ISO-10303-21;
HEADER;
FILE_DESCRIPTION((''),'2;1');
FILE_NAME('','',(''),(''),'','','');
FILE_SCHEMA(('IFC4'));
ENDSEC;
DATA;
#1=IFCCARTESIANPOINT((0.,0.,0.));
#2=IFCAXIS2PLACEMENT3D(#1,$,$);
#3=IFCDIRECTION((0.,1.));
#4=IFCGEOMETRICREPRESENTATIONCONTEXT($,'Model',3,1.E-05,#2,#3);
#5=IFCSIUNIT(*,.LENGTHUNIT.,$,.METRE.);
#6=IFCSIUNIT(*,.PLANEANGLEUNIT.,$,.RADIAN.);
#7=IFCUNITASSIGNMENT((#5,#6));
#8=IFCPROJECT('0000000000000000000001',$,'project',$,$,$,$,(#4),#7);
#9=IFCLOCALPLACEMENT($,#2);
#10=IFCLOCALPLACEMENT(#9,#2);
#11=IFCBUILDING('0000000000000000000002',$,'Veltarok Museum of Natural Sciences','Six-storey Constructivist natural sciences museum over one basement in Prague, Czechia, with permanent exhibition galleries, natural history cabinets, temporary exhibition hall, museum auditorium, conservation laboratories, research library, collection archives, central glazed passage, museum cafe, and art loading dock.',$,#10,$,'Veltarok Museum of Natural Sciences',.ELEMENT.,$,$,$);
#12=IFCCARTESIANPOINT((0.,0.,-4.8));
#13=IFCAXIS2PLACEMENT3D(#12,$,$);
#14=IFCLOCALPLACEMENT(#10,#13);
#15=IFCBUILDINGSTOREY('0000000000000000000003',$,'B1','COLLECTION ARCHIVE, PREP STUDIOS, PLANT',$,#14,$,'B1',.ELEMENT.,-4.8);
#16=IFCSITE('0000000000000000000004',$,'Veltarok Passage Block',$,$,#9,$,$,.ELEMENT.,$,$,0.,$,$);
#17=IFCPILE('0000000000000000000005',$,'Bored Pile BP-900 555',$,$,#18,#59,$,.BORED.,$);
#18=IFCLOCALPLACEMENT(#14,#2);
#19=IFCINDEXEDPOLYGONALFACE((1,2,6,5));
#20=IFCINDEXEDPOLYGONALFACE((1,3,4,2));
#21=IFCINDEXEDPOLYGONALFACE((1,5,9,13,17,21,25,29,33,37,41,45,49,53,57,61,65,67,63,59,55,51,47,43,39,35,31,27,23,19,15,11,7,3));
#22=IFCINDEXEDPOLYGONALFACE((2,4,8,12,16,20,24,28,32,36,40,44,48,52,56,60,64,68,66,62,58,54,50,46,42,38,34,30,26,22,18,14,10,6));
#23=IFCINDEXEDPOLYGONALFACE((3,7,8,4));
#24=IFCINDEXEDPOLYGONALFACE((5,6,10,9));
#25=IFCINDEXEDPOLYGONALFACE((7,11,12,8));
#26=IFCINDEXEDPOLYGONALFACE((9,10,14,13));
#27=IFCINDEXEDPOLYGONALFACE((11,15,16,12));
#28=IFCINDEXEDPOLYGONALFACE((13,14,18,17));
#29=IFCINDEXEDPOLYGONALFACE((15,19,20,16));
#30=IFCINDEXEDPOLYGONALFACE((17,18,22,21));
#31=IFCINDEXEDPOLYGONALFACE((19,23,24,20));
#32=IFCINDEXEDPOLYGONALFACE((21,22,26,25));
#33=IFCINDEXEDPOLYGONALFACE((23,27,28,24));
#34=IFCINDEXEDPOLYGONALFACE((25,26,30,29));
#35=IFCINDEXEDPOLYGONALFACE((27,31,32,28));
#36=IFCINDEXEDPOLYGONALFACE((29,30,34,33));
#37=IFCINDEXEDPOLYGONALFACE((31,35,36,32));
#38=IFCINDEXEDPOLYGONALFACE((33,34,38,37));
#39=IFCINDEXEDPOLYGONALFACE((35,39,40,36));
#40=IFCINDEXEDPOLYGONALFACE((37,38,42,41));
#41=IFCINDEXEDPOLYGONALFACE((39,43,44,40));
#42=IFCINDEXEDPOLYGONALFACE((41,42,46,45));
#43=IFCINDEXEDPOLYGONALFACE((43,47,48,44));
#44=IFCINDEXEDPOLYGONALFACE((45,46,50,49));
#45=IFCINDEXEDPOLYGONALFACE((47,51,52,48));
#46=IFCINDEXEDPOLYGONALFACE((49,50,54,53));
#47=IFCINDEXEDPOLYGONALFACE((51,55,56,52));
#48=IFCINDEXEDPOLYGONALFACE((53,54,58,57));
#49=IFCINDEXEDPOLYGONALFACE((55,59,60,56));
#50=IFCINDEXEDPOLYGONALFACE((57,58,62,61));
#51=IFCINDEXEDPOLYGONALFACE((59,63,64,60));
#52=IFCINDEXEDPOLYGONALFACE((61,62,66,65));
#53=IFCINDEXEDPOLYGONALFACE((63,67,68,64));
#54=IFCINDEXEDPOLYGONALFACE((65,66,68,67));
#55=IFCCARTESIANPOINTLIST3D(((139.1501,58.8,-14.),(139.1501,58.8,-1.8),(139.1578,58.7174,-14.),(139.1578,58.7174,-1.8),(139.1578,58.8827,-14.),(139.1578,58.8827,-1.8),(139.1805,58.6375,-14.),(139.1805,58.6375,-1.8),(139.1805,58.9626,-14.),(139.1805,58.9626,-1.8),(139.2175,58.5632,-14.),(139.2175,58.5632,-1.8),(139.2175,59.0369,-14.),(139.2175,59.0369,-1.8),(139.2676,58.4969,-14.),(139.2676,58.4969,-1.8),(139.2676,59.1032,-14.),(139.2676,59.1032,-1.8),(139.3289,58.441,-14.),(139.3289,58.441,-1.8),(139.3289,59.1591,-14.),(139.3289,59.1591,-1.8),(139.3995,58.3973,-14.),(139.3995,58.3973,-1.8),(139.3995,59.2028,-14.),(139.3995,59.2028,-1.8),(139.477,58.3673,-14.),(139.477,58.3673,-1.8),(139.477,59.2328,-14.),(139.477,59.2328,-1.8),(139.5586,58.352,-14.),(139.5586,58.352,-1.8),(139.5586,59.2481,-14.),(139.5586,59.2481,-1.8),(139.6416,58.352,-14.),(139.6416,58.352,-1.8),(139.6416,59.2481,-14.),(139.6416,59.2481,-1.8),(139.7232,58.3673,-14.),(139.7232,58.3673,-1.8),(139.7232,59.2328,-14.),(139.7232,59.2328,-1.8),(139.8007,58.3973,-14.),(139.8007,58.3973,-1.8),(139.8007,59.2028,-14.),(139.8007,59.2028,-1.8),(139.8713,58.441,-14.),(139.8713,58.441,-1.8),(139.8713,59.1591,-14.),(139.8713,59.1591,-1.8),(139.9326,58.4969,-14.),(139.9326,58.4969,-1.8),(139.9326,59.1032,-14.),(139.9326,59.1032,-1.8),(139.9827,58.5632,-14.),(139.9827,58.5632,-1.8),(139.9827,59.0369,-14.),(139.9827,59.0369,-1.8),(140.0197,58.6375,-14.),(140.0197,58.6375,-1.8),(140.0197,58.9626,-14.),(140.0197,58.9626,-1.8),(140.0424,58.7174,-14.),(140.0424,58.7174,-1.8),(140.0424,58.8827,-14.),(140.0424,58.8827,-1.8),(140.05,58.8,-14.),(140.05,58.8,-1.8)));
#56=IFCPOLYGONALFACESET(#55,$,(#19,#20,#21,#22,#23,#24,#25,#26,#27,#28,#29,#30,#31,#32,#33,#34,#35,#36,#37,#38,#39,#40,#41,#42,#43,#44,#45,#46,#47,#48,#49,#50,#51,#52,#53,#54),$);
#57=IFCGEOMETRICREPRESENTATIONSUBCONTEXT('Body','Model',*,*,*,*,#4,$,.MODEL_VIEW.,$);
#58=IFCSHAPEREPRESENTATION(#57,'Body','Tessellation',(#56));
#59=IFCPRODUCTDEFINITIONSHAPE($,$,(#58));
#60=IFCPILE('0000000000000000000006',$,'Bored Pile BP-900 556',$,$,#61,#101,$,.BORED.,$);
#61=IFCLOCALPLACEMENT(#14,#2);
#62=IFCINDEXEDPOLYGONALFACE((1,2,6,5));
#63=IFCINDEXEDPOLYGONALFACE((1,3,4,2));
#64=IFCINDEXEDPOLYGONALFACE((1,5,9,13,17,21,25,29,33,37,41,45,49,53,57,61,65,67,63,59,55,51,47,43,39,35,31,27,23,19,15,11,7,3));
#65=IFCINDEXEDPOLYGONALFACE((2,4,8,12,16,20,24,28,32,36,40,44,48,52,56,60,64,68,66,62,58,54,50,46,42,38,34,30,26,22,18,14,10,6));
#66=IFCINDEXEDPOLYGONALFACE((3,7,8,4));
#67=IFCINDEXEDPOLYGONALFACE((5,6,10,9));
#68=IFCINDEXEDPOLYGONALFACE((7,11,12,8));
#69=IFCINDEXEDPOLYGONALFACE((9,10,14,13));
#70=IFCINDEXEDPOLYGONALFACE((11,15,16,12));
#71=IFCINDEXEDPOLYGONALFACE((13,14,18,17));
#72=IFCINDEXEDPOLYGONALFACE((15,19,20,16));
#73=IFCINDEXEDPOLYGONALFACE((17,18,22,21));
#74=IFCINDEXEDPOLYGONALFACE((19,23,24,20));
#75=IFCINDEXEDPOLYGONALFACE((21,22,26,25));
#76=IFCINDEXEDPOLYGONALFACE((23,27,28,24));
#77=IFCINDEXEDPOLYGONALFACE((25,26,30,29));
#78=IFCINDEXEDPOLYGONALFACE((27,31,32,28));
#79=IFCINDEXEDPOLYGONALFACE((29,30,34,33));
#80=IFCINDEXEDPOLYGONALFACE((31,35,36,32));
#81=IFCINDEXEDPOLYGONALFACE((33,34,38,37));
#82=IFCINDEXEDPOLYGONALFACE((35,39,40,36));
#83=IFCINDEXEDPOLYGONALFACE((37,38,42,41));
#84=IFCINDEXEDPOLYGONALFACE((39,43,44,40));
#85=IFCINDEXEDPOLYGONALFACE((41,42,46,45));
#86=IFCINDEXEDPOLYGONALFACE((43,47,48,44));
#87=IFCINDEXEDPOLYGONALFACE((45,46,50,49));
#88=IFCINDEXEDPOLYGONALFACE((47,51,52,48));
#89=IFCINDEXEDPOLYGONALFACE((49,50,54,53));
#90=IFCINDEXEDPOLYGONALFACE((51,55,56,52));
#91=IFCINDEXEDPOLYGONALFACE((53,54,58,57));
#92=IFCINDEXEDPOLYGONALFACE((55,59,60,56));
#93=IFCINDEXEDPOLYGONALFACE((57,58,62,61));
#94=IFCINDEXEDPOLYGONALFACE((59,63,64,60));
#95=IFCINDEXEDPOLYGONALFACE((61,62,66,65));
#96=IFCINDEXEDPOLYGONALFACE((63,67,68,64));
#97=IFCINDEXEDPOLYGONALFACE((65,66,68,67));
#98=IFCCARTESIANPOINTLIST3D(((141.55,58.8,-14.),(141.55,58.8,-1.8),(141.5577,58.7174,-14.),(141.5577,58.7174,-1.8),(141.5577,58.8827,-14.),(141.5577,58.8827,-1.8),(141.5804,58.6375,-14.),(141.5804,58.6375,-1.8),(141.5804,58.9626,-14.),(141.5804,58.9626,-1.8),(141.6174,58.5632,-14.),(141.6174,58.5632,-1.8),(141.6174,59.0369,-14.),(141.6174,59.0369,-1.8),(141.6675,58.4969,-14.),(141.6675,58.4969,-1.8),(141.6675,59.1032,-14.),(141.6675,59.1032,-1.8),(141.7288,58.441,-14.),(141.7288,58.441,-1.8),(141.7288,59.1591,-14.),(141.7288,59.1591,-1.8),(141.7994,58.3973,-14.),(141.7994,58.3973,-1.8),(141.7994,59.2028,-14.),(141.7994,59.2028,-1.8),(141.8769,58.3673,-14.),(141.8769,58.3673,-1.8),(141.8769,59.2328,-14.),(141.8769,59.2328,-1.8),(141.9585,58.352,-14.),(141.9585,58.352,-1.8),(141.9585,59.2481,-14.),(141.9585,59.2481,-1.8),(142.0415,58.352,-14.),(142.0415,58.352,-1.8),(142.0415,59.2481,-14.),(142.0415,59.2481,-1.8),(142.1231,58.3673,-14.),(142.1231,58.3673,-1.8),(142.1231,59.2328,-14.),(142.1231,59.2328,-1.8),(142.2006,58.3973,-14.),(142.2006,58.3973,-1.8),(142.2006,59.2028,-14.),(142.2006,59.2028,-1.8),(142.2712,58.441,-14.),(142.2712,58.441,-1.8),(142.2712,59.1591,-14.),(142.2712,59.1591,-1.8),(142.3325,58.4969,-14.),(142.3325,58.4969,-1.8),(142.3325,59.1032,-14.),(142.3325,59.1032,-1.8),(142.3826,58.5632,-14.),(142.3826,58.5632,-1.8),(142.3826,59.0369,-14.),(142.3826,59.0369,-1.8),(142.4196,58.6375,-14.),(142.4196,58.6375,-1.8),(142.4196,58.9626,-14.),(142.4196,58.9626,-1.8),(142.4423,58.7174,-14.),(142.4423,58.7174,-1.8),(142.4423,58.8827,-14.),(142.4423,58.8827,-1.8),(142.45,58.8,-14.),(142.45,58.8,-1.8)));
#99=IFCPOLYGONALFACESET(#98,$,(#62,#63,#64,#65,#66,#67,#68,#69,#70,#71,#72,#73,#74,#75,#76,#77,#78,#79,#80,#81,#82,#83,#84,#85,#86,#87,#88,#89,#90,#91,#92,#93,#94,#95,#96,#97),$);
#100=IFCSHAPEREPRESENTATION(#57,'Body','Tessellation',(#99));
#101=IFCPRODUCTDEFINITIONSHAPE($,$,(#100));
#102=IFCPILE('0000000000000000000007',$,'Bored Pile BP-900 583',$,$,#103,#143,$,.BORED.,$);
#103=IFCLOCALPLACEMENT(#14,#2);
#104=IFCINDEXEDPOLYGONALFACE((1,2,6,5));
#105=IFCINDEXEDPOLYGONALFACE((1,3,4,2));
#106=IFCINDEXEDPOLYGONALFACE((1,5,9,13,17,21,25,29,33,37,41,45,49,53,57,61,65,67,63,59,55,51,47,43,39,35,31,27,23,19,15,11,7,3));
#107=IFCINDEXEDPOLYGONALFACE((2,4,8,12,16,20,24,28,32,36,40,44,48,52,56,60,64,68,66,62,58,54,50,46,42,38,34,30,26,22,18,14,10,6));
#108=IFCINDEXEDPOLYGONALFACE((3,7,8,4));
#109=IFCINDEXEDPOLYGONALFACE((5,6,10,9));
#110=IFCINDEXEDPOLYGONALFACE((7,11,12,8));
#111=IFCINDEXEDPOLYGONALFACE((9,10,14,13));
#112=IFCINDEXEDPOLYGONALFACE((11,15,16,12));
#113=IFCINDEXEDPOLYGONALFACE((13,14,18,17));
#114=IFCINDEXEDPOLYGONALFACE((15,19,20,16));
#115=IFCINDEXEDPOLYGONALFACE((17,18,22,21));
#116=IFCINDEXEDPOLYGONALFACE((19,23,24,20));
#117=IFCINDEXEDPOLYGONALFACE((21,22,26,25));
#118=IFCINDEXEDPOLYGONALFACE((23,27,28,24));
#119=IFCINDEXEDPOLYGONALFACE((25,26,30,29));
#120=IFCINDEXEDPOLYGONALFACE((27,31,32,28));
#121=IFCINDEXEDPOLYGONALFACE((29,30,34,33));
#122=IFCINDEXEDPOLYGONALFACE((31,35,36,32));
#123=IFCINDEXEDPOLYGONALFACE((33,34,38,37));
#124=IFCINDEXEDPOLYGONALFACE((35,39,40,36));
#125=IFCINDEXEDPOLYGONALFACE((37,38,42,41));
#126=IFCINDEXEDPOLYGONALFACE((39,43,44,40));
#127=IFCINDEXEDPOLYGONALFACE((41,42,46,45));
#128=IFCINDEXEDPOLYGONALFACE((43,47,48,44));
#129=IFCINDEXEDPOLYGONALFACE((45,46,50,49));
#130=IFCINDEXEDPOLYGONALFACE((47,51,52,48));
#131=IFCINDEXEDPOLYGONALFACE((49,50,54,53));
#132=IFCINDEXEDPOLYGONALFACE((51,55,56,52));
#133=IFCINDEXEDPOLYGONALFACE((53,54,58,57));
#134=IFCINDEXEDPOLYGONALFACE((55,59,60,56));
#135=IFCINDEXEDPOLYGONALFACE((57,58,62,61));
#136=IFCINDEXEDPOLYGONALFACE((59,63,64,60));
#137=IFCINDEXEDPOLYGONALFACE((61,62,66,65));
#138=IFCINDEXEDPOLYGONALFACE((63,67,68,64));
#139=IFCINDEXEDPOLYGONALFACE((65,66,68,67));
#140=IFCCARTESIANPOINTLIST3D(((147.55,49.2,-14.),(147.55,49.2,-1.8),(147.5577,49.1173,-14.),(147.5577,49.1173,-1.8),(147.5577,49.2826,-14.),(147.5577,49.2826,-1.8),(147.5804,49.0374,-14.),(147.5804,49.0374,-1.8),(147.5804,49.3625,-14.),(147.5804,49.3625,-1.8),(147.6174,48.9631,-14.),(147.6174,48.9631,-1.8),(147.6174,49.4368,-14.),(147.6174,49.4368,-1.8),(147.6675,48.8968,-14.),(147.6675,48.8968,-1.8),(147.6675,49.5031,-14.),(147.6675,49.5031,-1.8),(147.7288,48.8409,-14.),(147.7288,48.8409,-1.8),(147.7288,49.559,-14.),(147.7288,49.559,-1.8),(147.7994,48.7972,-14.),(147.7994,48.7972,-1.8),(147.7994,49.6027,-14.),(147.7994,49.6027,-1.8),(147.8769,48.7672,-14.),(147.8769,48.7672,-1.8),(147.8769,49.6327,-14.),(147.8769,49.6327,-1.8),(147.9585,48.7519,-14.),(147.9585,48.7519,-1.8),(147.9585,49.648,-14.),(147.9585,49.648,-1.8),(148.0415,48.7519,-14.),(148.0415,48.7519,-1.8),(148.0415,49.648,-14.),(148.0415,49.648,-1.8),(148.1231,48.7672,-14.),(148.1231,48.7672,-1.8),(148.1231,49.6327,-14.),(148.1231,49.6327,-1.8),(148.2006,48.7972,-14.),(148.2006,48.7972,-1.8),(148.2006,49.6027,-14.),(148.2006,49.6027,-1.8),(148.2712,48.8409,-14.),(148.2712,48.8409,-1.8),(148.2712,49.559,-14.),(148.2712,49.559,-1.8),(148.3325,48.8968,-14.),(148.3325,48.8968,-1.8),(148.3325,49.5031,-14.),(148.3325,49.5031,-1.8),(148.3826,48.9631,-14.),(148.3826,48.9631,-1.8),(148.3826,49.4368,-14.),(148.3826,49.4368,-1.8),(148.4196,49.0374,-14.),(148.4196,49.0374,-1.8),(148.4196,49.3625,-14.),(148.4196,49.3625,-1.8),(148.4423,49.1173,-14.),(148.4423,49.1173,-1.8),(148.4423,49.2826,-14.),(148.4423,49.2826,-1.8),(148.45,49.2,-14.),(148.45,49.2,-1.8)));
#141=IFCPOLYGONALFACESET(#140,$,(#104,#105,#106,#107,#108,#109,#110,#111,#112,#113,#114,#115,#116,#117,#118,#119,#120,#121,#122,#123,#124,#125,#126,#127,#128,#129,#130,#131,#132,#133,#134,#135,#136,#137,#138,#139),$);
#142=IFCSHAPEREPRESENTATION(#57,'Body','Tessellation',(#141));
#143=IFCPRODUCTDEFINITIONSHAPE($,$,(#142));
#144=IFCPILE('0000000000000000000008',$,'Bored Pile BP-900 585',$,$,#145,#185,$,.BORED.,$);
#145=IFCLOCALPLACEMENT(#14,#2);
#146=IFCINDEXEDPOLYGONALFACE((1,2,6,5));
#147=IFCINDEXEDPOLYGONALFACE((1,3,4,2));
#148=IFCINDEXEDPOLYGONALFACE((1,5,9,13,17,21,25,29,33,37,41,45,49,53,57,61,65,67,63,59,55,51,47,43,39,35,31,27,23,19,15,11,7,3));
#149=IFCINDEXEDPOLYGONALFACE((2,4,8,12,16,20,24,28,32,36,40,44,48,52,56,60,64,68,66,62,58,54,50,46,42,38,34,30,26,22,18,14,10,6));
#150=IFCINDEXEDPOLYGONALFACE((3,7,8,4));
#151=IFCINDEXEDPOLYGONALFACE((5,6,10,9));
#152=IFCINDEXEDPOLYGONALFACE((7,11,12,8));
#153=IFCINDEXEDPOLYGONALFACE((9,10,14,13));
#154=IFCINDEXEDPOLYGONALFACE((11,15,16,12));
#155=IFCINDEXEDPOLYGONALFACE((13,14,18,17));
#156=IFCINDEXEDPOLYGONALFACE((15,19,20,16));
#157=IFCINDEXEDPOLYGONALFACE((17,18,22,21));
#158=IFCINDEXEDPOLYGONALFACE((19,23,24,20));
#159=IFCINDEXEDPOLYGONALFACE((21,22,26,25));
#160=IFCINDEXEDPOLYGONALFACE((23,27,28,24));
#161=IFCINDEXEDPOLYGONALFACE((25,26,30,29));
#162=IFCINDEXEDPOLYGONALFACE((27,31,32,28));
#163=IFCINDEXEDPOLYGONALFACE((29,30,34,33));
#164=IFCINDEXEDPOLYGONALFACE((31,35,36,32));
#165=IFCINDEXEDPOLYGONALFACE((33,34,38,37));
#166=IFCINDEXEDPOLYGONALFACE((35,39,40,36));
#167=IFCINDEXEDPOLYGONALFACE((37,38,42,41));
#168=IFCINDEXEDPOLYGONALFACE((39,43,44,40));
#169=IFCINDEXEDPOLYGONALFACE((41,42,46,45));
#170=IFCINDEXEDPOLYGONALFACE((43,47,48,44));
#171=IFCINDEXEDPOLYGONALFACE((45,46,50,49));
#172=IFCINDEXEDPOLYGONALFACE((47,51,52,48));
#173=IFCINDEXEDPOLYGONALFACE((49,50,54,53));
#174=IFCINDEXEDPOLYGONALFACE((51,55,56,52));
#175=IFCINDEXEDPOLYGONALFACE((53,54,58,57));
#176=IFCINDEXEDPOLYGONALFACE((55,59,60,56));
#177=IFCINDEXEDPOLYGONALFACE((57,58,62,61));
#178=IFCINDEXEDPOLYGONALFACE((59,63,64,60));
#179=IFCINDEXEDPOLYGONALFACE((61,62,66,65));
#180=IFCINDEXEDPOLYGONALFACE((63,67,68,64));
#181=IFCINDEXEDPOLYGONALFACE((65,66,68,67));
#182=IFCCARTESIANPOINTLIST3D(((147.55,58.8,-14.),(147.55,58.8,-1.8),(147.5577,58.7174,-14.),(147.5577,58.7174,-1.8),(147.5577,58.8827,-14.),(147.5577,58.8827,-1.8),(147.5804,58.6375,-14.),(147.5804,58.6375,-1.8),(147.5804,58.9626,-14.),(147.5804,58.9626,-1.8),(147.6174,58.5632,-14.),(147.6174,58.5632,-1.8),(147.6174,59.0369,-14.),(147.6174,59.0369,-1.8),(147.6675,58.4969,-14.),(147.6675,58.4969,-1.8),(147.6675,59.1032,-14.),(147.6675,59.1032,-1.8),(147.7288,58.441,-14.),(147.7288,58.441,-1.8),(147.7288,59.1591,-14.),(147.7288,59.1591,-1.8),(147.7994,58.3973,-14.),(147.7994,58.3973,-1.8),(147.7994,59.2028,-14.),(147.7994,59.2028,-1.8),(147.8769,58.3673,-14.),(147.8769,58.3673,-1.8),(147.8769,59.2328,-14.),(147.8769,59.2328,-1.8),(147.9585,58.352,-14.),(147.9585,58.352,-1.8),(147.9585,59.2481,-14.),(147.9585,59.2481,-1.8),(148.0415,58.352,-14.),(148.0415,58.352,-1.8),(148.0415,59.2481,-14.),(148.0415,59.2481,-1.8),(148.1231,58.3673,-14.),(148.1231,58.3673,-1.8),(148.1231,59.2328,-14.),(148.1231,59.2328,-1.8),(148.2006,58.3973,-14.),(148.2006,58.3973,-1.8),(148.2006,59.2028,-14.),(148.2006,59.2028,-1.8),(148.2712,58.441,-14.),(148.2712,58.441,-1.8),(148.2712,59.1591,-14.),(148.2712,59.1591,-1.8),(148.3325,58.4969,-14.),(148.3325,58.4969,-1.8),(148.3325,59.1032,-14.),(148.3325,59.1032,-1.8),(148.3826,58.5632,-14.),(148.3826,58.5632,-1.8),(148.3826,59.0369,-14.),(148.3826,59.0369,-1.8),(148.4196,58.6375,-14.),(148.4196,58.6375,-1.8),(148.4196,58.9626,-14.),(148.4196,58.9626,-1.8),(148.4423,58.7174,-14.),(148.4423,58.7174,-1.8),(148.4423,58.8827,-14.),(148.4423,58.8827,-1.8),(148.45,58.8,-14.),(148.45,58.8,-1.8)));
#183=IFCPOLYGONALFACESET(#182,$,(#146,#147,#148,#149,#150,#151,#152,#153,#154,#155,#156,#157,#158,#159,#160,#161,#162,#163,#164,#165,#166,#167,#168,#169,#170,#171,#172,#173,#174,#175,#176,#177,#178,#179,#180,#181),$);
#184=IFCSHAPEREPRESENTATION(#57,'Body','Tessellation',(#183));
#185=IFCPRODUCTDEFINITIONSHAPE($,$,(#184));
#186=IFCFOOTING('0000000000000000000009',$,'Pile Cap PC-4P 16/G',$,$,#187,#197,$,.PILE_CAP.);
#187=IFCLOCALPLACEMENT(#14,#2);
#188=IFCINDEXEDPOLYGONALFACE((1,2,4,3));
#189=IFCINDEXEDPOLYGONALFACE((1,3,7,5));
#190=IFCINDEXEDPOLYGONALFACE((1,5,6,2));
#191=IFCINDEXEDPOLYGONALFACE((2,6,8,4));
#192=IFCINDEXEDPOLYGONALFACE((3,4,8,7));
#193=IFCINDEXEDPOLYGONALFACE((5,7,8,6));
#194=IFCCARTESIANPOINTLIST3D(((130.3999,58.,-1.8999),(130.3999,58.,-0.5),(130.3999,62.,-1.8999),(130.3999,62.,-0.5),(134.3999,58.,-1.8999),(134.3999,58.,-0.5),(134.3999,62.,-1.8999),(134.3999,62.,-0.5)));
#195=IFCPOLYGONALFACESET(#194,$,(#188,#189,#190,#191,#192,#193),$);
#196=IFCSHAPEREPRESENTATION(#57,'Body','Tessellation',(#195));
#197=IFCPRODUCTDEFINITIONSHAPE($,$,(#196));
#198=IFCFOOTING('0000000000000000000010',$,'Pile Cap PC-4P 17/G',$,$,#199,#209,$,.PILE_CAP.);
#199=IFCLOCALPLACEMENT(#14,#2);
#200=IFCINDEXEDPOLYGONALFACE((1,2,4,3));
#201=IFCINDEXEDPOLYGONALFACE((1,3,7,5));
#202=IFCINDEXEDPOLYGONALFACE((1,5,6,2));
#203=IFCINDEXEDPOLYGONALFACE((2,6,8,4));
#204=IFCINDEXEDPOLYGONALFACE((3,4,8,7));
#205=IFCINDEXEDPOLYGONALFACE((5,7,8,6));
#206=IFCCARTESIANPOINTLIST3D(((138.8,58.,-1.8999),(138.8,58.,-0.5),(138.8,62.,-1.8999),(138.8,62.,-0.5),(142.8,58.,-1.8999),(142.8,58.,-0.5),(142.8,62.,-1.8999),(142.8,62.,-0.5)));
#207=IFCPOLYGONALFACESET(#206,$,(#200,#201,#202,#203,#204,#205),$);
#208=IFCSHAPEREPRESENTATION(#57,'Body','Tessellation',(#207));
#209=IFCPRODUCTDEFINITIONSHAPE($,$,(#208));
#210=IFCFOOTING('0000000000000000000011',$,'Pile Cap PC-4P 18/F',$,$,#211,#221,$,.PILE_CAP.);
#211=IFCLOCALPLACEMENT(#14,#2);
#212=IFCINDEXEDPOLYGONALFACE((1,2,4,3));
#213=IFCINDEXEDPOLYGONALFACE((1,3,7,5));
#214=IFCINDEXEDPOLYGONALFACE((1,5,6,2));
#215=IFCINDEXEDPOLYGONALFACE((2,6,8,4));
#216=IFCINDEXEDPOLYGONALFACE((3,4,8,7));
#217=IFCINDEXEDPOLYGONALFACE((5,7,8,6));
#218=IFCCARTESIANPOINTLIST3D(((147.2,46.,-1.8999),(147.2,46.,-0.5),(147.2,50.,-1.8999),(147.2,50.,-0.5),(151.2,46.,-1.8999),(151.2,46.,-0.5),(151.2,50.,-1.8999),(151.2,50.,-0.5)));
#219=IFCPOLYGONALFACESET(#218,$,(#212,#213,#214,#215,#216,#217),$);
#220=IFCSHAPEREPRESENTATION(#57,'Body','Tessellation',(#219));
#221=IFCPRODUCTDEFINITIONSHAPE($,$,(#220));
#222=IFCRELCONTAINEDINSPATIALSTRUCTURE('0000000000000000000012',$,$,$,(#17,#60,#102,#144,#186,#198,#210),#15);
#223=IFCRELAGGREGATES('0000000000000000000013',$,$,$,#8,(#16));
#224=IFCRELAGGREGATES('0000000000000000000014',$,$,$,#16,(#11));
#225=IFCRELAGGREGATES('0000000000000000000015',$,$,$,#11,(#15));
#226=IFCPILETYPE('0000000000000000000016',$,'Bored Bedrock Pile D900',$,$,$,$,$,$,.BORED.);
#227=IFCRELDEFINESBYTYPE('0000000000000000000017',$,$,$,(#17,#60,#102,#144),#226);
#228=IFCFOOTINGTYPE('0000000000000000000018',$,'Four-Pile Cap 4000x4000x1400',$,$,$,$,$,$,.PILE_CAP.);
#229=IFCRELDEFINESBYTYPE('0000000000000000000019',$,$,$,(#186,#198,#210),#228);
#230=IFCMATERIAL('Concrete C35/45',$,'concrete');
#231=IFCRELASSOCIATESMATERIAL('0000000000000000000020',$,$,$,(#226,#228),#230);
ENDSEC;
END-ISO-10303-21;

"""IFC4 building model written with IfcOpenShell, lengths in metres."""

from ifc_helpers import new_model, si_unit, direction, frame, origin, origin_2d, place, context, subcontext, project, spatial, rectangle, circle, extrude, material, material_profile, profile_set, type_object, element, save


model = new_model("IFC4")

# Units and contexts
model_context = context("Model", 3, precision=1e-05, world=origin(), true_north=direction((0.0, 1.0)))
body_context = subcontext(model_context, "Body", "Model", "MODEL_VIEW")
ifc_project = project(units=[si_unit("LENGTHUNIT", "METRE"), si_unit("PLANEANGLEUNIT", "RADIAN")], contexts=[model_context])

# Site, building, storey
site_placement = place(None, origin())
site = spatial("IfcSite", under=ifc_project, at=site_placement, Name="Veltarok Passage Block", CompositionType="ELEMENT", RefElevation=0.0)
building_placement = place(site_placement, origin())
building = spatial("IfcBuilding", under=site, at=building_placement, Name="Veltarok Museum of Natural Sciences", Description="Six-storey Constructivist natural sciences museum over one basement in Prague, Czechia, with permanent exhibition galleries, natural history cabinets, temporary exhibition hall, museum auditorium, conservation laboratories, research library, collection archives, central glazed passage, museum cafe, and art loading dock.", LongName="Veltarok Museum of Natural Sciences", CompositionType="ELEMENT")
storey_placement = place(building_placement, frame((0.0, 0.0, -4.8)))
storey = spatial("IfcBuildingStorey", under=building, at=storey_placement, Name="B1", Description="COLLECTION ARCHIVE, PREP STUDIOS, PLANT", LongName="B1", CompositionType="ELEMENT", Elevation=-4.8)

# Piles
ifc_material_1 = material(Name="Concrete C35/45", Category="concrete")
ifc_material_profile_1 = material_profile(ifc_material_1, circle(Radius=0.45, at=origin_2d()), Name="BP D900")
ifc_profile_set_1 = profile_set([ifc_material_profile_1], Name="Concrete C35/45")
pile_type = type_object("IfcPileType", Name="Bored Bedrock Pile D900", PredefinedType="BORED", material=ifc_profile_set_1)
for number, where, z_axis, x_axis, name in (
    (1, (139.6001, 58.8, -1.8), (0.0, 0.0, -1.0), (1.0, 0.0, 0.0), "Bored Pile BP-900 555"),
    (2, (142.0, 58.8, -1.8), (0.0, 0.0, -1.0), (1.0, 0.0, 0.0), "Bored Pile BP-900 556"),
    (3, (148.0, 49.2, -1.8), (0.0, 0.0, -1.0), (1.0, 0.0, 0.0), "Bored Pile BP-900 583"),
    (4, (148.0, 58.8, -1.8), (0.0, 0.0, -1.0), (1.0, 0.0, 0.0), "Bored Pile BP-900 585"),
):
    element("IfcPile", number, at=place(storey_placement, frame(where, z_axis=z_axis, x_axis=x_axis)), inside=storey, type_object=pile_type, Name=name, PredefinedType="BORED", context=body_context, shape_type="SweptSolid", body=[
        extrude(circle(Radius=0.45, at=origin_2d()), origin(), (0.0, 0.0, 1.0), 12.2),
    ])

# Footings
footing_type_1 = type_object("IfcFootingType", Name="Four-Pile Cap 4000x4000x1400", PredefinedType="PILE_CAP", material=ifc_material_1)
for number, where, z_axis, x_axis, name in (
    (5, (132.3999, 60.0, -1.8999), (0.0, 0.0, 1.0), (1.0, 0.0, 0.0), "Pile Cap PC-4P 16/G"),
    (6, (140.8, 60.0, -1.8999), (0.0, 0.0, 1.0), (1.0, 0.0, 0.0), "Pile Cap PC-4P 17/G"),
    (7, (149.2, 48.0, -1.8999), (0.0, 0.0, 1.0), (1.0, 0.0, 0.0), "Pile Cap PC-4P 18/F"),
):
    element("IfcFooting", number, at=place(storey_placement, frame(where, z_axis=z_axis, x_axis=x_axis)), inside=storey, type_object=footing_type_1, Name=name, PredefinedType="PILE_CAP", context=body_context, shape_type="SweptSolid", body=[
        extrude(rectangle(XDim=4.0, YDim=4.0, at=origin_2d()), origin(), (0.0, 0.0, 1.0), 1.3999),
    ])

save(model, "model.ifc")
